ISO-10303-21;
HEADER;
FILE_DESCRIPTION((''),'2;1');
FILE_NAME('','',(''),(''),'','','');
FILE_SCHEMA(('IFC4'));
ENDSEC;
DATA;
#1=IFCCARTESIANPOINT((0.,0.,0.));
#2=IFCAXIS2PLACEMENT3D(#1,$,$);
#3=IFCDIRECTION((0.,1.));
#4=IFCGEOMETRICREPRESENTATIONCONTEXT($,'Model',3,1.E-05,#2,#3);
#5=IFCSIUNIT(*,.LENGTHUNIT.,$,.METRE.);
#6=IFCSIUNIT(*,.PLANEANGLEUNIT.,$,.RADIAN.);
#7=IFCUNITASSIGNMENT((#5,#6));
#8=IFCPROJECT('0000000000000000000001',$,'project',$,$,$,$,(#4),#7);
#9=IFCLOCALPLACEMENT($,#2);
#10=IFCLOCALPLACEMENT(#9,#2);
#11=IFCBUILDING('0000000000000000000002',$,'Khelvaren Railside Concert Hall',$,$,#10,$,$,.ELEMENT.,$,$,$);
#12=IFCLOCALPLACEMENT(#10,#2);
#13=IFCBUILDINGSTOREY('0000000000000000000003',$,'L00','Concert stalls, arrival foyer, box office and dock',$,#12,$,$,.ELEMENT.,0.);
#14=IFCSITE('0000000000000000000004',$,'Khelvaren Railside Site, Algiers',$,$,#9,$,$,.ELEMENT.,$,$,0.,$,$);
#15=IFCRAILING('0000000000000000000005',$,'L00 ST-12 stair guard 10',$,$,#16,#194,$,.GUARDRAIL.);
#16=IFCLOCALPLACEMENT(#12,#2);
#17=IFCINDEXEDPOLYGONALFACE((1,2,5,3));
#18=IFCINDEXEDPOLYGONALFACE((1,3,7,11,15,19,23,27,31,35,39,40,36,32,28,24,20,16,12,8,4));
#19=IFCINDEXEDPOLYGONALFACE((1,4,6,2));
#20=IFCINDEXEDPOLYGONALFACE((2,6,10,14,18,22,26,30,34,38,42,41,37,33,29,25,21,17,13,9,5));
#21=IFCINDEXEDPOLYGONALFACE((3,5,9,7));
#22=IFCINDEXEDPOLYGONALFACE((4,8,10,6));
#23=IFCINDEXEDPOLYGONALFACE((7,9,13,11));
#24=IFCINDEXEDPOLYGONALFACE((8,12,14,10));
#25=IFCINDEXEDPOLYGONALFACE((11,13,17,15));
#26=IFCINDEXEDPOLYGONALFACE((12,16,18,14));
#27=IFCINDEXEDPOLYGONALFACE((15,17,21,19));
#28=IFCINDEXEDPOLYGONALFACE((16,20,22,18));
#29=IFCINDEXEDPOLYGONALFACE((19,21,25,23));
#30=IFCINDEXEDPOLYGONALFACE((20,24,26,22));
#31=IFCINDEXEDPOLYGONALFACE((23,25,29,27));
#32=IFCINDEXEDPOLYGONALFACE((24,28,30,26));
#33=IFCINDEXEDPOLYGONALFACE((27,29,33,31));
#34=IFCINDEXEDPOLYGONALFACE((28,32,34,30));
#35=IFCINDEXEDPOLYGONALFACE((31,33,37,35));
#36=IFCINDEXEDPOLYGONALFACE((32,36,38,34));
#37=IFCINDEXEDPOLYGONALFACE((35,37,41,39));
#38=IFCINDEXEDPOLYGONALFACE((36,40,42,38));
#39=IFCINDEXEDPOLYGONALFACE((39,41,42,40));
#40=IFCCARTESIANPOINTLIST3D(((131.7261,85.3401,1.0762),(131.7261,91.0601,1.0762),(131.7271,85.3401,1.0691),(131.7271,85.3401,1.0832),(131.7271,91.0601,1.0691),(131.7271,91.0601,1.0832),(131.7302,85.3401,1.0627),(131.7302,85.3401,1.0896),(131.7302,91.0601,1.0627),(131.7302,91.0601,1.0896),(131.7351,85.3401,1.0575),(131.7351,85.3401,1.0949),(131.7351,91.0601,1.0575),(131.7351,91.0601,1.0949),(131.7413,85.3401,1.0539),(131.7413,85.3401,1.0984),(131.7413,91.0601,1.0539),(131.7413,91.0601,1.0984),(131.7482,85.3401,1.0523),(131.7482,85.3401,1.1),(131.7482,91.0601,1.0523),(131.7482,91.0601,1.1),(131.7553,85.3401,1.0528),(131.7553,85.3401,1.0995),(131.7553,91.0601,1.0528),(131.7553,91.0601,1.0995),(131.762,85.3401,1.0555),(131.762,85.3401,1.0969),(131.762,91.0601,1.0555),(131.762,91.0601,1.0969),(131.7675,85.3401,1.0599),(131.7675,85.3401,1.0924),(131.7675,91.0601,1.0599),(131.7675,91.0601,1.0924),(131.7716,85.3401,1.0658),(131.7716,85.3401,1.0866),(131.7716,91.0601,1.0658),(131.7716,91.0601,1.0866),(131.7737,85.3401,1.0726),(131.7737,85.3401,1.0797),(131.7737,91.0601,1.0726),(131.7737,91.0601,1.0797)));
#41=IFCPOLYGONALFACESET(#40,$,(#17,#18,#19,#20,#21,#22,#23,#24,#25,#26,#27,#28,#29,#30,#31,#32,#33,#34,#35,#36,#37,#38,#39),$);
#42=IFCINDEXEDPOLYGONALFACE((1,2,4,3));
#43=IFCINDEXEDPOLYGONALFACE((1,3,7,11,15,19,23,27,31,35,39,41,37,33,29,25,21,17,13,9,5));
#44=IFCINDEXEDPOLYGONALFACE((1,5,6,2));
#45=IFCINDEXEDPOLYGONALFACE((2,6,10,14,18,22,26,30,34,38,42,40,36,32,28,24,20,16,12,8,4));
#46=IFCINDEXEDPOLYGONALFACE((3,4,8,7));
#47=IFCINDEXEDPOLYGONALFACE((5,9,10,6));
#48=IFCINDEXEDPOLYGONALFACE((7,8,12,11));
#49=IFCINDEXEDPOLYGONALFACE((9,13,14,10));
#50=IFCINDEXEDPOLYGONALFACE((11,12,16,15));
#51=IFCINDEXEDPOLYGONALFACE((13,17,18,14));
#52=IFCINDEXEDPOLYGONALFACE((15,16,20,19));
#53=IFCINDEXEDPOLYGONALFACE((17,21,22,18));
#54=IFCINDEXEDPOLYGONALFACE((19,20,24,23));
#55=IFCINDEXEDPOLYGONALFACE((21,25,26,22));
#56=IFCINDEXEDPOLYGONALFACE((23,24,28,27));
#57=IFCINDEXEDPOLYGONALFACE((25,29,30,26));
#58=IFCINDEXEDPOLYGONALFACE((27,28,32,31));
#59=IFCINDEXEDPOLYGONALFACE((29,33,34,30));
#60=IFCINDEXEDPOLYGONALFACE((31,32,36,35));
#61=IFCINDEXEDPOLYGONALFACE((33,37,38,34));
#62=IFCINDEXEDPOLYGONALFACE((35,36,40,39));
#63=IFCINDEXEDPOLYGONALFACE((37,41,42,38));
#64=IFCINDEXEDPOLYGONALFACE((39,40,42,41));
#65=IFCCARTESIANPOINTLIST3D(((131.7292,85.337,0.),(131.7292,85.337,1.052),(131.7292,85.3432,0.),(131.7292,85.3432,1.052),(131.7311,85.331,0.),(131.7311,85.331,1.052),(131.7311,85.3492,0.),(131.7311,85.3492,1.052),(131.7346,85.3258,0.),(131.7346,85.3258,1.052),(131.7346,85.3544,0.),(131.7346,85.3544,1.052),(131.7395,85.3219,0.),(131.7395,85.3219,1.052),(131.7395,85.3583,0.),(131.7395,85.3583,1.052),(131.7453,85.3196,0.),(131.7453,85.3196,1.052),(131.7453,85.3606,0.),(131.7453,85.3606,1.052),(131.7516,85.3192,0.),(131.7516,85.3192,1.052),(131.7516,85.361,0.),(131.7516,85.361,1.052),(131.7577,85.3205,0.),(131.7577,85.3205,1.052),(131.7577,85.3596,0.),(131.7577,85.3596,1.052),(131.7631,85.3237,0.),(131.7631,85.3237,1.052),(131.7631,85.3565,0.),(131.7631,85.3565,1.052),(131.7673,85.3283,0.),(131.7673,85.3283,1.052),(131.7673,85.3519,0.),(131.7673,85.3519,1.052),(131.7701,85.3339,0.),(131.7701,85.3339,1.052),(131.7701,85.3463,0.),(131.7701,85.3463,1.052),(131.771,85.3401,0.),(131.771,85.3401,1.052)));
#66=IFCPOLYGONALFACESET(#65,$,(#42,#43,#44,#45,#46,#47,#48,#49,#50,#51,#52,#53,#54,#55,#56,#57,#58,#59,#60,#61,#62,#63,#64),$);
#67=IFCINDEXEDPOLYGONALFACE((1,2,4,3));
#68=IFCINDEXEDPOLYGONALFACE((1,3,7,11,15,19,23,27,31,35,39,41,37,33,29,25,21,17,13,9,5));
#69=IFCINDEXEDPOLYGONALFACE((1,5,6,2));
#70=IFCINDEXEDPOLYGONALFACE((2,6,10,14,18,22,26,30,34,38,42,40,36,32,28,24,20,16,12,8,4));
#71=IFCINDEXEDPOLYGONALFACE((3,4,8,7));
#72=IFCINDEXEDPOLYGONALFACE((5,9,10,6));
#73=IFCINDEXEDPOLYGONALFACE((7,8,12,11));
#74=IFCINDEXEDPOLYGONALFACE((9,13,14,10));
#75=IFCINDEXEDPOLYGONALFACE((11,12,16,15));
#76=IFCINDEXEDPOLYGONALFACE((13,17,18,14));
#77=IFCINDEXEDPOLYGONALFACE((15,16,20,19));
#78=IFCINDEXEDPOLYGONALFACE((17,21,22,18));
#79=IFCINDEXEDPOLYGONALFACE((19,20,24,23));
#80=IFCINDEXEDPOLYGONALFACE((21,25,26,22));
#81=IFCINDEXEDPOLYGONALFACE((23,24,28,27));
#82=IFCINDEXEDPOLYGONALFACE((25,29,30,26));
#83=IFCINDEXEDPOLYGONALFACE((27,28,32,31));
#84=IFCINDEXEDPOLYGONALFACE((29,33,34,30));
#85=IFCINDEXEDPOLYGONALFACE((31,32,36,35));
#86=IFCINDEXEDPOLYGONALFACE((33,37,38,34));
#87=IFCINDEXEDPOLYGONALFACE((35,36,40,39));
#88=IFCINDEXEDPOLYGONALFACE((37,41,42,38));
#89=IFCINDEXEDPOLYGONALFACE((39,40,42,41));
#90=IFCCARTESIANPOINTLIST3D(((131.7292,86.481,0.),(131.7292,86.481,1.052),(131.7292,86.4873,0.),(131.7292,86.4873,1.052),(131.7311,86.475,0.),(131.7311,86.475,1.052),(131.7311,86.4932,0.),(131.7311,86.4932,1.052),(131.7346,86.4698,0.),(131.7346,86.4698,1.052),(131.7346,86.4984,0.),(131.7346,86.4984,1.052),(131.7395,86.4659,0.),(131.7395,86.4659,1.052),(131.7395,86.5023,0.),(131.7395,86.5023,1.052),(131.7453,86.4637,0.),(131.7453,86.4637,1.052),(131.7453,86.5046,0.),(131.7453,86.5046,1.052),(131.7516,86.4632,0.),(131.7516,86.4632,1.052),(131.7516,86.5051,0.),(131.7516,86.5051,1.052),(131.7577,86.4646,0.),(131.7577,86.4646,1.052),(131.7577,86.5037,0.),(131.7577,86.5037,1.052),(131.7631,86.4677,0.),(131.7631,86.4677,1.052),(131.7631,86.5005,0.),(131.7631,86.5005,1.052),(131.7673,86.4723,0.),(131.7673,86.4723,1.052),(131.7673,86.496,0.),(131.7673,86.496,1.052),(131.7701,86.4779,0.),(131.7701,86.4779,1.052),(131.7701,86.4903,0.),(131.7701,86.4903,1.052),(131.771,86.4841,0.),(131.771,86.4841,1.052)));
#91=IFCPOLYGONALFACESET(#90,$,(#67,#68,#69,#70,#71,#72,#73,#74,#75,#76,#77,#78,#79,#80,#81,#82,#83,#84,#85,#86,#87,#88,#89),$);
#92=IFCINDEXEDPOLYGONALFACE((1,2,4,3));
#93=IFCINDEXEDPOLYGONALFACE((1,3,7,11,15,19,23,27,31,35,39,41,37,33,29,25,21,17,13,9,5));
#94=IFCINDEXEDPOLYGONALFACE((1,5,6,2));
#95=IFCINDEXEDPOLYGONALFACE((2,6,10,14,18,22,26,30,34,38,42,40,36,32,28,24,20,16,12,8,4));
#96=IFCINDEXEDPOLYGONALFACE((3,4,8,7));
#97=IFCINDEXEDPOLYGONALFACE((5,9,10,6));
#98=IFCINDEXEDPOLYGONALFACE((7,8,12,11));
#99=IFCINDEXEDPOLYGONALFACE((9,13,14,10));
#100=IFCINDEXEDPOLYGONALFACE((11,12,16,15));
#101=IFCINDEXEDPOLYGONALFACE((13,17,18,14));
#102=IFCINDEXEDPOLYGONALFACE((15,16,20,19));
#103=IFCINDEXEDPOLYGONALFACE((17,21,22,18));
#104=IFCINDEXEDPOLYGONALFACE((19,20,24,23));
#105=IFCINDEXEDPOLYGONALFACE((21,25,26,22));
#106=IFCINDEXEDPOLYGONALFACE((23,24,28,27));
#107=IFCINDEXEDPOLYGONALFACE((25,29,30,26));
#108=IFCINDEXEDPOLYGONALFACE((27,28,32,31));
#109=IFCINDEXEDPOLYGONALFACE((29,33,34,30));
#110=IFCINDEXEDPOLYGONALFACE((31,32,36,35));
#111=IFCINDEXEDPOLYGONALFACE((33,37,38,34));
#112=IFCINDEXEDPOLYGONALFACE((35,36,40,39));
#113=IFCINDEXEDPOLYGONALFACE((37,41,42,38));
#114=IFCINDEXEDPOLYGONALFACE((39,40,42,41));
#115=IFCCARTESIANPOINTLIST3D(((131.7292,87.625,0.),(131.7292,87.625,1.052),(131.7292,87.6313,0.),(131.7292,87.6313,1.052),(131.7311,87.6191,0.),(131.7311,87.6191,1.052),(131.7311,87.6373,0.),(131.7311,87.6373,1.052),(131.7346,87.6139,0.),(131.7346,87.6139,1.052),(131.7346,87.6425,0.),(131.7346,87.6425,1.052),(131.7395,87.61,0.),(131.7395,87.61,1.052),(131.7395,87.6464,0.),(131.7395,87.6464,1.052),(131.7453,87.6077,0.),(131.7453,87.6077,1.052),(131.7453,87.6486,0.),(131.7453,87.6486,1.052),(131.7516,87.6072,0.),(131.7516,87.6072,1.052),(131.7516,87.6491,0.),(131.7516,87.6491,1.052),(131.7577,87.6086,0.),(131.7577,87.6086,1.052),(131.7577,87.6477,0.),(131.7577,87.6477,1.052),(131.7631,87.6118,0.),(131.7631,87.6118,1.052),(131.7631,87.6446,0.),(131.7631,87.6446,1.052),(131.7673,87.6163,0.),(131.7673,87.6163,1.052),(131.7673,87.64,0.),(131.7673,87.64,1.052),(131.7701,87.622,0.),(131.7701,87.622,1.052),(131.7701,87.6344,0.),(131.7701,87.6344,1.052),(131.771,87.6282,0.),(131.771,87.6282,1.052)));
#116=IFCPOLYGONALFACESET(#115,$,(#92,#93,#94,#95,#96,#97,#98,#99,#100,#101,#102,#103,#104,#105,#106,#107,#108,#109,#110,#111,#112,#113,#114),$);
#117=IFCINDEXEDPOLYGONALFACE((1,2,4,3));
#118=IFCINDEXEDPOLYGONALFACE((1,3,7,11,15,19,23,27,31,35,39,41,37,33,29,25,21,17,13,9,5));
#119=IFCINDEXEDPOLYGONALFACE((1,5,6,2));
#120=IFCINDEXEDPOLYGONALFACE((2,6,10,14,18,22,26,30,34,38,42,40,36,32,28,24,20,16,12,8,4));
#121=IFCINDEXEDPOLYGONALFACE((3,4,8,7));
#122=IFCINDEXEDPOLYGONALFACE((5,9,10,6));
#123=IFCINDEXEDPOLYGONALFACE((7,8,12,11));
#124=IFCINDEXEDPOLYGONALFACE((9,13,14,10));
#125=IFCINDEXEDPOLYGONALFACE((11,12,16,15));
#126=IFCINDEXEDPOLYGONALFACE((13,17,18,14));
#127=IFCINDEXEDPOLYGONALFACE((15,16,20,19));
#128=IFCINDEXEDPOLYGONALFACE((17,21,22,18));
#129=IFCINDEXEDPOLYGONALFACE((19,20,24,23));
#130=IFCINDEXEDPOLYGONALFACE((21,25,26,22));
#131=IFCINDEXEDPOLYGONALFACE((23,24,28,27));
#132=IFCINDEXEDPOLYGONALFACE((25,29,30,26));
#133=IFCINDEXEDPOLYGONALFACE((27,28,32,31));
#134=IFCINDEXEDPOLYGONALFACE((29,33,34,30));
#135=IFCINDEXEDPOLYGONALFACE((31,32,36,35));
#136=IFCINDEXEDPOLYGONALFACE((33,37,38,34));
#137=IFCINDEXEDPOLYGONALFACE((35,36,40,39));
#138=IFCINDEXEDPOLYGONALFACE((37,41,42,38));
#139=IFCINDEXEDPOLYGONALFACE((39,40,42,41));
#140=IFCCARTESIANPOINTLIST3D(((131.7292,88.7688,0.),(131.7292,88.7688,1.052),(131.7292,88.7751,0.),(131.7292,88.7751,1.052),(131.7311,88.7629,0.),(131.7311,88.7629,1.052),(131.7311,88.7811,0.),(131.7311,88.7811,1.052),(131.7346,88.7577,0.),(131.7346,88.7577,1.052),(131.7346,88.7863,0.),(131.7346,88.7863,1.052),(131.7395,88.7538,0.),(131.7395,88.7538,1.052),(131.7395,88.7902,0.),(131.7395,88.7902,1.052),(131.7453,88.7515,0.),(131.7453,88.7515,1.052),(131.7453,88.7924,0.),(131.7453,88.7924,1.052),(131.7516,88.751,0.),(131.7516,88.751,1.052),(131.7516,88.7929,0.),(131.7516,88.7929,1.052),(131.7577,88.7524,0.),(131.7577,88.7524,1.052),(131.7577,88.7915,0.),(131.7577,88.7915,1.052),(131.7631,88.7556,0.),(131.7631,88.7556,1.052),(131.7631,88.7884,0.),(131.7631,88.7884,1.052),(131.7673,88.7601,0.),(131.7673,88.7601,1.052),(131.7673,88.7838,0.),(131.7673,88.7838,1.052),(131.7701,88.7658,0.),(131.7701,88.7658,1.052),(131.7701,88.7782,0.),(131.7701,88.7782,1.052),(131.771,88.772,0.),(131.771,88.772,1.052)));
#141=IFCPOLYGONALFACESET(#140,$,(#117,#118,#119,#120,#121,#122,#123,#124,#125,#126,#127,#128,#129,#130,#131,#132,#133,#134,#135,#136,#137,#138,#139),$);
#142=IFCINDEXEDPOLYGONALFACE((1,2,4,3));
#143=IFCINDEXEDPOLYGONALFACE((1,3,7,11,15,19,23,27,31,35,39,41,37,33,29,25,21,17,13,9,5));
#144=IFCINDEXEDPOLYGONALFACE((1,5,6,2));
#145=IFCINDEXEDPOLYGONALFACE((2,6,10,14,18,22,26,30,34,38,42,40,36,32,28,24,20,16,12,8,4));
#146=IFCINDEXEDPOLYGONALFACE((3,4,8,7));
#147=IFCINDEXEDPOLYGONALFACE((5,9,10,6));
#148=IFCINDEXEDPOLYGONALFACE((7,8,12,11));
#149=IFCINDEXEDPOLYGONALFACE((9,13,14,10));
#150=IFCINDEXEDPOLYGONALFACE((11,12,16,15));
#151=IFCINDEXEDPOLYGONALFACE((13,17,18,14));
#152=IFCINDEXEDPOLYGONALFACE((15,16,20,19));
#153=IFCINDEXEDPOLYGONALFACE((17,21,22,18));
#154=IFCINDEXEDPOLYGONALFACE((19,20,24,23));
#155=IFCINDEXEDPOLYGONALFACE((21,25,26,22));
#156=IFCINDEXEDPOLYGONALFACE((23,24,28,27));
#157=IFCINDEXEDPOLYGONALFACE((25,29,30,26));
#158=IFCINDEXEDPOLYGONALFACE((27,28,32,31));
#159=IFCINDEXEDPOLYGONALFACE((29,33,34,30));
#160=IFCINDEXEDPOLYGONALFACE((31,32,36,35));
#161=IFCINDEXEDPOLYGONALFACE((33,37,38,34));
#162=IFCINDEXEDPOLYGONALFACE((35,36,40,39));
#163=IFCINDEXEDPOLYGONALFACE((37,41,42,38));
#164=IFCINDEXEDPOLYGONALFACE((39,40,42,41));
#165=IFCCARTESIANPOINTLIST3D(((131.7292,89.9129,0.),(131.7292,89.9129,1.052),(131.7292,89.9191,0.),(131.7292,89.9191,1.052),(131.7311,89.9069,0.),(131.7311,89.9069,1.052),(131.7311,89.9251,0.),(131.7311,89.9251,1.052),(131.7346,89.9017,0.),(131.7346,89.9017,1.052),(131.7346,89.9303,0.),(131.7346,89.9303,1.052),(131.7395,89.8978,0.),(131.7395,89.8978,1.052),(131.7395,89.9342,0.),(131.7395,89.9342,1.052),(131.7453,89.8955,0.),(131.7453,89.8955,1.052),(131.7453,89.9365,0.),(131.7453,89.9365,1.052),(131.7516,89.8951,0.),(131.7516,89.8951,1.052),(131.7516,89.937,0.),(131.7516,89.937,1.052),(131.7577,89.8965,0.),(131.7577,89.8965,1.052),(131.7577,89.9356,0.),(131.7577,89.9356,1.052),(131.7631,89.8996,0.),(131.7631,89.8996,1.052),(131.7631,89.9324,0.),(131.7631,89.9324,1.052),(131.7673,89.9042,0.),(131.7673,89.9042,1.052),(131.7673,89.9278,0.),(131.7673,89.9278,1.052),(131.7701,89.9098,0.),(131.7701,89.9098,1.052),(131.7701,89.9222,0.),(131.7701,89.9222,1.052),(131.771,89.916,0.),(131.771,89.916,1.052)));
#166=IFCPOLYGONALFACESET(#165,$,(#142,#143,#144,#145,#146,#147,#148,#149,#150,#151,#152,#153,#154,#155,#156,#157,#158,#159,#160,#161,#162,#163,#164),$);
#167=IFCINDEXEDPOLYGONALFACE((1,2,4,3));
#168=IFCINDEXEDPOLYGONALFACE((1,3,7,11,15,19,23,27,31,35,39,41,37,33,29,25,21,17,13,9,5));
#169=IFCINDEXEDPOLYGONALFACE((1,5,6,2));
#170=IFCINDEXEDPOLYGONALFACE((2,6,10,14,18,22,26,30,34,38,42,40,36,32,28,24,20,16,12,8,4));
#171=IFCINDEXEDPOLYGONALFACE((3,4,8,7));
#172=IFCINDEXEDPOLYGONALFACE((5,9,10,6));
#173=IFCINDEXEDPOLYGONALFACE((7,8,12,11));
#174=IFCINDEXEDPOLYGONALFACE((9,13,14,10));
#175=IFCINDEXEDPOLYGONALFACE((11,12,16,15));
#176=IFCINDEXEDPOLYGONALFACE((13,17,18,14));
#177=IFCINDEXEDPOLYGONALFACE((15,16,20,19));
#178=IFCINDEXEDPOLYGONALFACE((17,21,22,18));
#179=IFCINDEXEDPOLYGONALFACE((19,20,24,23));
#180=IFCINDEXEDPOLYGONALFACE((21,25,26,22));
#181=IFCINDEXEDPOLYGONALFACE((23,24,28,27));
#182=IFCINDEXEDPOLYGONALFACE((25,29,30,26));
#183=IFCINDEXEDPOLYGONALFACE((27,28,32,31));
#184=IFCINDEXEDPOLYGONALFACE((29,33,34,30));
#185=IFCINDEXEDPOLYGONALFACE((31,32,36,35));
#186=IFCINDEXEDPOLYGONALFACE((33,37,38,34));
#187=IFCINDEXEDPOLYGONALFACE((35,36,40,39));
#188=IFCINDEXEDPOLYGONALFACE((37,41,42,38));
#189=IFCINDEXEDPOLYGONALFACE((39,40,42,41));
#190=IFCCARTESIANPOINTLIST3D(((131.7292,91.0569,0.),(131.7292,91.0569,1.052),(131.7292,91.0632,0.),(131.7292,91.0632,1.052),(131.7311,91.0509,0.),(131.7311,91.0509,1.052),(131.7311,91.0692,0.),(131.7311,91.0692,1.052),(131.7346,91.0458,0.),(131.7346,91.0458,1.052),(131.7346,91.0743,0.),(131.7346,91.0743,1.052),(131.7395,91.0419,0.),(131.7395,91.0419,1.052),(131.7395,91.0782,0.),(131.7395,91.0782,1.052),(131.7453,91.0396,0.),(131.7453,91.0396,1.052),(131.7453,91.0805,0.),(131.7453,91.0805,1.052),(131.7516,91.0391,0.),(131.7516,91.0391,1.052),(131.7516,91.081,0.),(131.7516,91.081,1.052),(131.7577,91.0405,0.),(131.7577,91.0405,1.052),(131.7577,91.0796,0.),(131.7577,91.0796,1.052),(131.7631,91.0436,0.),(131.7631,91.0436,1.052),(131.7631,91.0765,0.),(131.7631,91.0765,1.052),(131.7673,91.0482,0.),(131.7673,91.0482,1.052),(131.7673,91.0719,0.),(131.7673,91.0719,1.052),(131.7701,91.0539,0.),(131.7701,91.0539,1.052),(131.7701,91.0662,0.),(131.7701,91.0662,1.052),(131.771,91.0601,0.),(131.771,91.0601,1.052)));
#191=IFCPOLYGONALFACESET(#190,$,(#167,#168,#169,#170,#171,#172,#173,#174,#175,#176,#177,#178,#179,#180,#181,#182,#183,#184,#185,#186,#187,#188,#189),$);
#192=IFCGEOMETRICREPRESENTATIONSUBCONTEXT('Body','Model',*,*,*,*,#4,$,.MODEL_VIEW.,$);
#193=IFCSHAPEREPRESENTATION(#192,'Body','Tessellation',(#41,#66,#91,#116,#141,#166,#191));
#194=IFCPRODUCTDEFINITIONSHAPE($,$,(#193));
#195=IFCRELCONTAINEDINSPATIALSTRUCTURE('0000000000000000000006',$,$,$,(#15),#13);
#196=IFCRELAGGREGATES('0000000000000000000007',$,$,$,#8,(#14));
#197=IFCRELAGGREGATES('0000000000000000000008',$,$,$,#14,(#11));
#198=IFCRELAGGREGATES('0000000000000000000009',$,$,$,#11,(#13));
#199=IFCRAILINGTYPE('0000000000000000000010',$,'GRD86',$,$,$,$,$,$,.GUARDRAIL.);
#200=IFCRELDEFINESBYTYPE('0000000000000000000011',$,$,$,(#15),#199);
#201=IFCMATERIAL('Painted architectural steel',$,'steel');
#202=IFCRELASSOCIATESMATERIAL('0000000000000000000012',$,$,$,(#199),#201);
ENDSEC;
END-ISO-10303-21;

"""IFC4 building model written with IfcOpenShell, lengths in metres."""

from ifc_helpers import new_model, si_unit, direction, frame, origin, origin_2d, place, context, subcontext, project, spatial, circle, extrude, material, type_object, element, save


model = new_model("IFC4")

# Units and contexts
model_context = context("Model", 3, precision=1e-05, world=origin(), true_north=direction((0.0, 1.0)))
body_context = subcontext(model_context, "Body", "Model", "MODEL_VIEW")
ifc_project = project(units=[si_unit("LENGTHUNIT", "METRE"), si_unit("PLANEANGLEUNIT", "RADIAN")], contexts=[model_context])

# Site, building, storey
site_placement = place(None, origin())
site = spatial("IfcSite", under=ifc_project, at=site_placement, Name="Khelvaren Railside Site, Algiers", CompositionType="ELEMENT", RefElevation=0.0)
building_placement = place(site_placement, origin())
building = spatial("IfcBuilding", under=site, at=building_placement, Name="Khelvaren Railside Concert Hall", CompositionType="ELEMENT")
storey_placement = place(building_placement, origin())
storey = spatial("IfcBuildingStorey", under=building, at=storey_placement, Name="L00", Description="Concert stalls, arrival foyer, box office and dock", CompositionType="ELEMENT", Elevation=0.0)

# Railing
ifc_material_1 = material(Name="Painted architectural steel", Category="steel")
railing_type_1 = type_object("IfcRailingType", Name="GRD86", PredefinedType="GUARDRAIL", material=ifc_material_1)
railing_1_placement = place(storey_placement, frame((131.75, 85.3401, 0.0)))
element("IfcRailing", 1, at=railing_1_placement, inside=storey, type_object=railing_type_1, Name="L00 ST-12 stair guard 10", PredefinedType="GUARDRAIL", context=body_context, shape_type="SweptSolid", body=[
    extrude(circle(Radius=0.0239, at=origin_2d()), frame((0.0, 0.0, 1.0762), z_axis=(0.0, 1.0, 0.0), x_axis=(-1.0, 0.0, 0.0)), (0.0, 0.0, 1.0), 5.72),
    extrude(circle(Radius=0.021, at=origin_2d()), origin(), (0.0, 0.0, 1.0), 1.052),
    extrude(circle(Radius=0.021, at=origin_2d()), frame((0.0, 1.144, 0.0)), (0.0, 0.0, 1.0), 1.052),
    extrude(circle(Radius=0.021, at=origin_2d()), frame((0.0, 2.2881, 0.0)), (0.0, 0.0, 1.0), 1.052),
    extrude(circle(Radius=0.021, at=origin_2d()), frame((0.0, 3.4319, 0.0)), (0.0, 0.0, 1.0), 1.052),
    extrude(circle(Radius=0.021, at=origin_2d()), frame((0.0, 4.5759, 0.0)), (0.0, 0.0, 1.0), 1.052),
    extrude(circle(Radius=0.021, at=origin_2d()), frame((0.0, 5.72, 0.0)), (0.0, 0.0, 1.0), 1.052),
])

save(model, "model.ifc")
